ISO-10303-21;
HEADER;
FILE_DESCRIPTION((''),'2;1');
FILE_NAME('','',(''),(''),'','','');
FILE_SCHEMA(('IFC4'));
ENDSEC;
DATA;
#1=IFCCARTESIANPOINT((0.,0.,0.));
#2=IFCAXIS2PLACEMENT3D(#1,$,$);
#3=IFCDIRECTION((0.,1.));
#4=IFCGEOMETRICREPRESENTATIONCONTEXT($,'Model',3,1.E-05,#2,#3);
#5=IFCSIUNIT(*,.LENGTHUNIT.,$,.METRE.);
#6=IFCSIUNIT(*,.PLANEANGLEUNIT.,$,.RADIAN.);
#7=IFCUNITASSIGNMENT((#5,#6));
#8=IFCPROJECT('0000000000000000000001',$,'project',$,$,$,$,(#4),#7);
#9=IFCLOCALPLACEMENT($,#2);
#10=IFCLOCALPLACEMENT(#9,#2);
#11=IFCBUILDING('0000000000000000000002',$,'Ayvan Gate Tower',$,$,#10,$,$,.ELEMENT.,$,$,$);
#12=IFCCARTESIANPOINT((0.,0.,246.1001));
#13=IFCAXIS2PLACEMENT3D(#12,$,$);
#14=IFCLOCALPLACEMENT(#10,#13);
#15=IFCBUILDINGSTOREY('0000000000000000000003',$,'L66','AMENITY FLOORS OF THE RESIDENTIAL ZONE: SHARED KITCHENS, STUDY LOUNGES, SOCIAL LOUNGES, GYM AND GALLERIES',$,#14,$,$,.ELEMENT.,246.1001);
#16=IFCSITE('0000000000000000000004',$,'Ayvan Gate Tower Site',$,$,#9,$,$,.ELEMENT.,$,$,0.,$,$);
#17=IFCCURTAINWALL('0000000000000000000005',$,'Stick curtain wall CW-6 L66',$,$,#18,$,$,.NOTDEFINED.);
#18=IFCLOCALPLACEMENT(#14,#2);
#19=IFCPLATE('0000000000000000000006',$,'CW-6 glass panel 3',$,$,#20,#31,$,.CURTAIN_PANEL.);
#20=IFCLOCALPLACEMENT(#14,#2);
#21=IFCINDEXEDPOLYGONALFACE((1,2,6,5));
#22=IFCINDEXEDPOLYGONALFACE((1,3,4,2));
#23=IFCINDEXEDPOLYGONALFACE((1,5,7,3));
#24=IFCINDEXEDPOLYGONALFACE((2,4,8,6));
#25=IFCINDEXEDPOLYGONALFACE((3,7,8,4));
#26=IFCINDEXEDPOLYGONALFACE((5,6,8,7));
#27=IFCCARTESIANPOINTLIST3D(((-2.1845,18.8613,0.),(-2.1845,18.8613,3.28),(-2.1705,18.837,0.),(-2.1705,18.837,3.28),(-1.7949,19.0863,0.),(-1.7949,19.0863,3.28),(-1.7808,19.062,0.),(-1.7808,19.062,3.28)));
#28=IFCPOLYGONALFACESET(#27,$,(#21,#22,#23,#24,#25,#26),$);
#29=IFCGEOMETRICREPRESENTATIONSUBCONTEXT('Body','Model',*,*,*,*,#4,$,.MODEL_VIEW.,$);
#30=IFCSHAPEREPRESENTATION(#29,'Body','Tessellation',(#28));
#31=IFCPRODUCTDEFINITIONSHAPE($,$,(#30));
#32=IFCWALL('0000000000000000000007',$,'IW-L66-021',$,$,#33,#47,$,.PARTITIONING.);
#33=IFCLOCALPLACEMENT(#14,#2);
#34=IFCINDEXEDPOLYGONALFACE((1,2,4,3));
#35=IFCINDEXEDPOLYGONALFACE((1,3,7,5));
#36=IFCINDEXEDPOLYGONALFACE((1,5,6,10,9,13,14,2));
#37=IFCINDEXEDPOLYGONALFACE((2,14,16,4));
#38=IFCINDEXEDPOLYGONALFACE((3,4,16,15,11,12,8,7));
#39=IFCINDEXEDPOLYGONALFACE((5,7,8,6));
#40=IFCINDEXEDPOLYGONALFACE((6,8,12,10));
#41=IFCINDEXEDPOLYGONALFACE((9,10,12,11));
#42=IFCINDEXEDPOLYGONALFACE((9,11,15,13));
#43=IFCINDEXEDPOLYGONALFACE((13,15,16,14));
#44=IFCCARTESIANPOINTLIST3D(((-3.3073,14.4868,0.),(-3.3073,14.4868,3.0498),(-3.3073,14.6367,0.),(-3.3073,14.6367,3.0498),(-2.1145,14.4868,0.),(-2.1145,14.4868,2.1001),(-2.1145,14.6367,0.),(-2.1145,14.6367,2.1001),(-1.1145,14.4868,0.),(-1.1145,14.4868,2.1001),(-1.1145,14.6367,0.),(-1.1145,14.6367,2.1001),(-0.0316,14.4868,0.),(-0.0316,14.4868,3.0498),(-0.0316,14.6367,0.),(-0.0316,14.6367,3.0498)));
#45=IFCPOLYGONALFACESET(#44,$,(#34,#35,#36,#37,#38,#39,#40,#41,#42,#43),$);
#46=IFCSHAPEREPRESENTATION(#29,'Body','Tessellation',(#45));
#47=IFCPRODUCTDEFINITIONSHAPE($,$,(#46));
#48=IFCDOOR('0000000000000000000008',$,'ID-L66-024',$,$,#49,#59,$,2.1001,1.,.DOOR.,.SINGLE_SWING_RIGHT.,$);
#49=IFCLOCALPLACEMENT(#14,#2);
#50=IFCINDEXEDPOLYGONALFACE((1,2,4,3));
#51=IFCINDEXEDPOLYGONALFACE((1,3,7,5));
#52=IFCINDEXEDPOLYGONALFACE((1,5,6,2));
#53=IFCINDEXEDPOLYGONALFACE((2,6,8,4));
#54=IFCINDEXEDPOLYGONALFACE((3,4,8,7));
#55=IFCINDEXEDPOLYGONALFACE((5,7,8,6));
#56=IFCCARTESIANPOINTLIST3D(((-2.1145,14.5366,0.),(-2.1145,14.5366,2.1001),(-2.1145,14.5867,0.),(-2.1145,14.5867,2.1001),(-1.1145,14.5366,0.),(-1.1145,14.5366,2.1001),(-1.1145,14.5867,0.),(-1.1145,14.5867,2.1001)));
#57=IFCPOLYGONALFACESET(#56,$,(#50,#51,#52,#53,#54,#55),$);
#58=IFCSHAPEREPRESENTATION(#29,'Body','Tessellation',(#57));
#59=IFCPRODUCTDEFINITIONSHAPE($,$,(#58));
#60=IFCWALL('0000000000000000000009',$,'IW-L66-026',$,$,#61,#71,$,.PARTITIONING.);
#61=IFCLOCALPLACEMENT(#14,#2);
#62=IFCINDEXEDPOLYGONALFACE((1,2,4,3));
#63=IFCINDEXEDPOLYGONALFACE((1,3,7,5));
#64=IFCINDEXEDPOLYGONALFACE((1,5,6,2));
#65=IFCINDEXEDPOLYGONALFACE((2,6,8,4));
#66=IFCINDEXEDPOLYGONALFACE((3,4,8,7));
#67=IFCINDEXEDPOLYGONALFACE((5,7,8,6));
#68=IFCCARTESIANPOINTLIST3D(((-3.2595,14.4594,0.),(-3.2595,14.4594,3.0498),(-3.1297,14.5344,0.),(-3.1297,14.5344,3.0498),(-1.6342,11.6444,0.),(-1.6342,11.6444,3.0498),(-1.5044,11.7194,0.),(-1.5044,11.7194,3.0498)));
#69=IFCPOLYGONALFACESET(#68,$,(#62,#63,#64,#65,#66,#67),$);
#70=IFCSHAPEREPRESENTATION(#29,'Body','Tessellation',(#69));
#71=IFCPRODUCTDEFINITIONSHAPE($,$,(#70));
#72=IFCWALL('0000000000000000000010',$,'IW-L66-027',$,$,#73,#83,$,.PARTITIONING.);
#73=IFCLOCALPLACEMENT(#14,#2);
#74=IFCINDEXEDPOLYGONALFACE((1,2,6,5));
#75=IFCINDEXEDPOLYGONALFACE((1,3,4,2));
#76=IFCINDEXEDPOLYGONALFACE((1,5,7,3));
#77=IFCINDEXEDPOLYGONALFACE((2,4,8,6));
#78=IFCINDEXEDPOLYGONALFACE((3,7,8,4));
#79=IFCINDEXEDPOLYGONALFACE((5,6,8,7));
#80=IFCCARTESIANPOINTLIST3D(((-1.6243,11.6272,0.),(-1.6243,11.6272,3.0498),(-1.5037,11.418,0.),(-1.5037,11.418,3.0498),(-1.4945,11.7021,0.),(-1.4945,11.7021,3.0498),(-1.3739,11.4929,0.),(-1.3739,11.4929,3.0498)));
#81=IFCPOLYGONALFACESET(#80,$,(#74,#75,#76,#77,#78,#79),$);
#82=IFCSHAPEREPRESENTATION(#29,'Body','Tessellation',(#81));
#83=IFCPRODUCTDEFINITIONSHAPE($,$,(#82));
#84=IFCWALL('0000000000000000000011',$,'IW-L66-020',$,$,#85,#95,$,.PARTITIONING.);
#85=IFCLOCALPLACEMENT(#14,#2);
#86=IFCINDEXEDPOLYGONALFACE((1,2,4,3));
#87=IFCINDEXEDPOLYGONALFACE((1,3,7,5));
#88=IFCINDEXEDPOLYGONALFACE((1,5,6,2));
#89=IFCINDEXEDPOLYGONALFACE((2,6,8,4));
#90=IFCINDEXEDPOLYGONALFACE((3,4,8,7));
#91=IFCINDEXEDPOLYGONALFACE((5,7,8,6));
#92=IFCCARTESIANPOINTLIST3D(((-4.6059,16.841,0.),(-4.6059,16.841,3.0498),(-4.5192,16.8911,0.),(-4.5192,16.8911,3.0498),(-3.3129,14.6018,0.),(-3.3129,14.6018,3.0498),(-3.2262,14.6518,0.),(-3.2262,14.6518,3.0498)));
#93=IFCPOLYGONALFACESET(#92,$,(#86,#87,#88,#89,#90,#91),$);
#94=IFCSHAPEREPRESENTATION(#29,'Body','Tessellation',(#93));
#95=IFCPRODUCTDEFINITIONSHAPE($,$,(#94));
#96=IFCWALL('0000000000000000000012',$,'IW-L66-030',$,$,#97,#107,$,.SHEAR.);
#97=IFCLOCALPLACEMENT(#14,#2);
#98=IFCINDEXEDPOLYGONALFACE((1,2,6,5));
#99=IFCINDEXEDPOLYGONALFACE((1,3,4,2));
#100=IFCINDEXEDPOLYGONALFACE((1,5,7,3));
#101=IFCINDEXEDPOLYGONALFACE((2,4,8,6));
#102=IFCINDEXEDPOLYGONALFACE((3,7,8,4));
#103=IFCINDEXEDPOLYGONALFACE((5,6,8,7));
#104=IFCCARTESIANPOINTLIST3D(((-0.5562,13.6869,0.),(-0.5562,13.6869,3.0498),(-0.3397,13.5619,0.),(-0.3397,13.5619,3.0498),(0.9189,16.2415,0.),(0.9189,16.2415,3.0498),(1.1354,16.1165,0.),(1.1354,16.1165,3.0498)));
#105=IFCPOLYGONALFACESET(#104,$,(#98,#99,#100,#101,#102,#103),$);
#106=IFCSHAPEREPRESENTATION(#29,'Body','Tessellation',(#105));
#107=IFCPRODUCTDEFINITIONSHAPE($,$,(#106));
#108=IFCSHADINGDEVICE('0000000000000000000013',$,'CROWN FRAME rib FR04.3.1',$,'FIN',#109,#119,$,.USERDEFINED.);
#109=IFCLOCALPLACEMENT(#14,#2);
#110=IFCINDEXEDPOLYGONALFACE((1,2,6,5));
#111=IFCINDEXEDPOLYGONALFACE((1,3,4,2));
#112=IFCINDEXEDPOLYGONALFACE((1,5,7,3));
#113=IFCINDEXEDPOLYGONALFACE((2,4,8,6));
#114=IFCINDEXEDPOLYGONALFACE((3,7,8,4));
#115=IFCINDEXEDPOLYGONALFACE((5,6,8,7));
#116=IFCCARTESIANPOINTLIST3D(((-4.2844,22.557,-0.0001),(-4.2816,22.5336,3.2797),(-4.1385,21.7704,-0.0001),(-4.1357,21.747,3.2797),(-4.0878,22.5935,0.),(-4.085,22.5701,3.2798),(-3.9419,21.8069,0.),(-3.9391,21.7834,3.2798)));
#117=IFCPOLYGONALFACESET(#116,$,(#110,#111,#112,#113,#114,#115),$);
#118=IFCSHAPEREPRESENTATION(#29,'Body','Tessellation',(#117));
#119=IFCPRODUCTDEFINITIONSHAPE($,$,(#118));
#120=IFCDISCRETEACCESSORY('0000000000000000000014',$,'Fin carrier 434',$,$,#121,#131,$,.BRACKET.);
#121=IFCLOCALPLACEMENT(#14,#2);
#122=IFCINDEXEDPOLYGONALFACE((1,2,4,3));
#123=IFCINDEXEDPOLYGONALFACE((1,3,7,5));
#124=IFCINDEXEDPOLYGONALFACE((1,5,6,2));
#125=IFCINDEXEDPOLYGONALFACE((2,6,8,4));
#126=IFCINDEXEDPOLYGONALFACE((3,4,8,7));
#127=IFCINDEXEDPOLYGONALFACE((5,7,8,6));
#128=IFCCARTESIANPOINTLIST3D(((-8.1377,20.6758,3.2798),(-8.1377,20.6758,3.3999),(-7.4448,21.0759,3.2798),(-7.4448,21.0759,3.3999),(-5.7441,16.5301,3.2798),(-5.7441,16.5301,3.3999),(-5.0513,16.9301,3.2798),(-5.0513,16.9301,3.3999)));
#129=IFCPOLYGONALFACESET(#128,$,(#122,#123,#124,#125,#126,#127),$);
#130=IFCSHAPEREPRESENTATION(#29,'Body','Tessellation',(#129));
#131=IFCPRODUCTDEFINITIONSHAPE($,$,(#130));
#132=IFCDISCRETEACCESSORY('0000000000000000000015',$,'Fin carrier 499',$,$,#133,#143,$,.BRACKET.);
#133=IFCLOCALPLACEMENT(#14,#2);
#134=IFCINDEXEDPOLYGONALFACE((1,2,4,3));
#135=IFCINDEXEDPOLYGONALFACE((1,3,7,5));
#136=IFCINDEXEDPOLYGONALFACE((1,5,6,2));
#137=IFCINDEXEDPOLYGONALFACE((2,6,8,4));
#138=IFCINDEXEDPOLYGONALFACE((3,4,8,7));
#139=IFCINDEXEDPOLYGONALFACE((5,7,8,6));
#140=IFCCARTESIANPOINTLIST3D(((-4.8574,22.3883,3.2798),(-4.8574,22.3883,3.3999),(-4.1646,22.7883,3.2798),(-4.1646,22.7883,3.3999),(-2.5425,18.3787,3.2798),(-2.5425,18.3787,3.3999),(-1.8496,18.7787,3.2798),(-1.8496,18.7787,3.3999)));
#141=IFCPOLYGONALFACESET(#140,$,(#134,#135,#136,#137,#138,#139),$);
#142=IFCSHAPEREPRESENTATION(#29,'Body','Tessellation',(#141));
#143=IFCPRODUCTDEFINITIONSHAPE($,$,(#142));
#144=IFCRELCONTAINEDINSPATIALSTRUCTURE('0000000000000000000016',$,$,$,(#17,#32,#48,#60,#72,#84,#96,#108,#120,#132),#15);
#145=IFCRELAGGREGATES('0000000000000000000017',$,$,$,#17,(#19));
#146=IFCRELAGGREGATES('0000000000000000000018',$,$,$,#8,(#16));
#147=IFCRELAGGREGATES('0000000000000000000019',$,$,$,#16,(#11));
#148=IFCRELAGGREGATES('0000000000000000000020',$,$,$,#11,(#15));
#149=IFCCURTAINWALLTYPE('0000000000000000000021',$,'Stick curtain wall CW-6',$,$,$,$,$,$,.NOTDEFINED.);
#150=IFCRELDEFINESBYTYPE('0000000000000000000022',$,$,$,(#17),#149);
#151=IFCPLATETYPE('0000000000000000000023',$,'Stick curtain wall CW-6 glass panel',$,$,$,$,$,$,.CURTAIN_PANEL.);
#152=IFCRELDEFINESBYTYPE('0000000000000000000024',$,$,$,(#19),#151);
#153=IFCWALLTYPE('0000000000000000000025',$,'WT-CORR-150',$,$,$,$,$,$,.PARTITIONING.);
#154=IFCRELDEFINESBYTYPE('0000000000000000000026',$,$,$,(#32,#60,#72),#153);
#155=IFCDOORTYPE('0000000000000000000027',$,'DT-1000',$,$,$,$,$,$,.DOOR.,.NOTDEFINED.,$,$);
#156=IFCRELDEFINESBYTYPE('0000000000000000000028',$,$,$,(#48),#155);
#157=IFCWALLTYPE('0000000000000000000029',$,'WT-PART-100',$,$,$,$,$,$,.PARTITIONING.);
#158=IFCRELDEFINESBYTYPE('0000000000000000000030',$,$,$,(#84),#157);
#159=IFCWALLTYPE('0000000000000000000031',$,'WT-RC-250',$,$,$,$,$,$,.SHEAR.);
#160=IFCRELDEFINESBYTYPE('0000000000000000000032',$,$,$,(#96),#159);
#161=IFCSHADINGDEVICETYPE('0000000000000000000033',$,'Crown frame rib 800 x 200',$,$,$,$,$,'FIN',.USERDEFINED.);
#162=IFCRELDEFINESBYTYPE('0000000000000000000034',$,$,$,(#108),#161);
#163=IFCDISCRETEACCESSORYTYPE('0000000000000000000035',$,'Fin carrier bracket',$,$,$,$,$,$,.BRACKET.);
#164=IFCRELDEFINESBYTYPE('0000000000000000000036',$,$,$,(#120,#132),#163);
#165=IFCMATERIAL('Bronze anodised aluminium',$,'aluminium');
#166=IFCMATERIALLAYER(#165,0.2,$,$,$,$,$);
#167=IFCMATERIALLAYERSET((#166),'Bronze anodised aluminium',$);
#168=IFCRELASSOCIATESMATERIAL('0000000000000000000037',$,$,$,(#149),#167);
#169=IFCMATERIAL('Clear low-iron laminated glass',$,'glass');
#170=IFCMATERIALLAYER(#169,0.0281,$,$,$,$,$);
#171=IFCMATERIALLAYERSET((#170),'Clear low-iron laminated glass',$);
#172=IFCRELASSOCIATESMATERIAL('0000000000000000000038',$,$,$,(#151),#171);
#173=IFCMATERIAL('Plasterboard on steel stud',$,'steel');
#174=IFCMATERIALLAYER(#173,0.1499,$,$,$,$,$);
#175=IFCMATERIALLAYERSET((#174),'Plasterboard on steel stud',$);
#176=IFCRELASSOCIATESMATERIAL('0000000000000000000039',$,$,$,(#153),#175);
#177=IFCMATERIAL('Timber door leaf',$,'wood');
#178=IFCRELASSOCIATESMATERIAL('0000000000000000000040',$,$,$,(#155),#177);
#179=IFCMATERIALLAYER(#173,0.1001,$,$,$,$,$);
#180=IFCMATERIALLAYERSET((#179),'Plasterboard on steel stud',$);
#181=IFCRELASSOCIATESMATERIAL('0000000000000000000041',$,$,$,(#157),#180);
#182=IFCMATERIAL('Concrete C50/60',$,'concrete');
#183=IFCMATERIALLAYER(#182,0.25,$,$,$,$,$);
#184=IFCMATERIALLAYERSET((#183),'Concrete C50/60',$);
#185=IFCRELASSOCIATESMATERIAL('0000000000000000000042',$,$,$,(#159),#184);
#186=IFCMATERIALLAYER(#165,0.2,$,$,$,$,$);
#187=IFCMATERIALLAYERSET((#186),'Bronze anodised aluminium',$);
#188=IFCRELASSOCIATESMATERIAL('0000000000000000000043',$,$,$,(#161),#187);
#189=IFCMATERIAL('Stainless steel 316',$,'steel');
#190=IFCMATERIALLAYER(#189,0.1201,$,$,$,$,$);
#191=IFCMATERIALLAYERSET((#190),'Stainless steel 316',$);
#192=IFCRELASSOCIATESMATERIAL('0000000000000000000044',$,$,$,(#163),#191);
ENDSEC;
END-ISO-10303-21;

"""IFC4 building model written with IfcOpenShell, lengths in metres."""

from ifc_helpers import new_model, si_unit, direction, frame, frame_2d, origin, origin_2d, place, context, subcontext, project, spatial, polyline, rectangle, outline, extrude, material, layer, layer_set, type_object, element, fill, aggregate, save


model = new_model("IFC4")

# Units and contexts
model_context = context("Model", 3, precision=1e-05, world=origin(), true_north=direction((0.0, 1.0)))
body_context = subcontext(model_context, "Body", "Model", "MODEL_VIEW")
ifc_project = project(units=[si_unit("LENGTHUNIT", "METRE"), si_unit("PLANEANGLEUNIT", "RADIAN")], contexts=[model_context])

# Site, building, storey
site_placement = place(None, origin())
site = spatial("IfcSite", under=ifc_project, at=site_placement, Name="Ayvan Gate Tower Site", CompositionType="ELEMENT", RefElevation=0.0)
building_placement = place(site_placement, origin())
building = spatial("IfcBuilding", under=site, at=building_placement, Name="Ayvan Gate Tower", CompositionType="ELEMENT")
storey_placement = place(building_placement, frame((0.0, 0.0, 246.1001)))
storey = spatial("IfcBuildingStorey", under=building, at=storey_placement, Name="L66", Description="AMENITY FLOORS OF THE RESIDENTIAL ZONE: SHARED KITCHENS, STUDY LOUNGES, SOCIAL LOUNGES, GYM AND GALLERIES", CompositionType="ELEMENT", Elevation=246.1001)

# Shared definitions
ifc_material_1 = material(Name="Concrete C50/60", Category="concrete")

# Curtain wall
ifc_material_2 = material(Name="Bronze anodised aluminium", Category="aluminium")
ifc_layer_1 = layer(ifc_material_2, 0.2)
ifc_layer_set_1 = layer_set([ifc_layer_1], Name="Bronze anodised aluminium")
curtain_wall_type_1 = type_object("IfcCurtainWallType", Name="Stick curtain wall CW-6", PredefinedType="NOTDEFINED", material=ifc_layer_set_1)
curtain_wall_1_placement = place(storey_placement, origin())
curtain_wall_1 = element("IfcCurtainWall", 1, at=curtain_wall_1_placement, inside=storey, type_object=curtain_wall_type_1, Name="Stick curtain wall CW-6 L66", PredefinedType="NOTDEFINED")

# Plate
ifc_material_3 = material(Name="Clear low-iron laminated glass", Category="glass")
ifc_layer_2 = layer(ifc_material_3, 0.0281)
ifc_layer_set_2 = layer_set([ifc_layer_2], Name="Clear low-iron laminated glass")
plate_type_1 = type_object("IfcPlateType", Name="Stick curtain wall CW-6 glass panel", PredefinedType="CURTAIN_PANEL", material=ifc_layer_set_2)
plate_1_placement = place(storey_placement, frame((-1.9827, 18.9617, 0.0), z_axis=(0.0, 0.0, 1.0), x_axis=(-0.866025, -0.5, 0.0)))
plate_1 = element("IfcPlate", 2, at=plate_1_placement, type_object=plate_type_1, Name="CW-6 glass panel 3", PredefinedType="CURTAIN_PANEL", context=body_context, shape_type="SweptSolid", body=[
    extrude(rectangle(XDim=0.45, YDim=0.0281, at=origin_2d()), origin(), (0.0, 0.0, 1.0), 3.28),
])
aggregate(curtain_wall_1, [plate_1])

# Wall, opening, door
ifc_material_4 = material(Name="Plasterboard on steel stud", Category="steel")
ifc_layer_3 = layer(ifc_material_4, 0.1499)
ifc_layer_set_3 = layer_set([ifc_layer_3], Name="Plasterboard on steel stud")
wall_type_1 = type_object("IfcWallType", Name="WT-CORR-150", PredefinedType="PARTITIONING", material=ifc_layer_set_3)
wall_1_placement = place(storey_placement, frame((-3.3071, 14.5618, 0.0), z_axis=(0.0, 0.0, 1.0), x_axis=(1.0, 0.0, 0.0)))
wall_1 = element("IfcWall", 3, at=wall_1_placement, inside=storey, type_object=wall_type_1, Name="IW-L66-021", PredefinedType="PARTITIONING", context=body_context, shape_type="SweptSolid", body=[
    extrude(rectangle(XDim=3.2756, YDim=0.1499, at=frame_2d((1.6377, 0.0))), origin(), (0.0, 0.0, 1.0), 3.0498),
])
opening_placement = place(wall_1_placement, frame((1.1926, 0.0, 0.0)))
opening = element("IfcOpeningElement", 4, at=opening_placement, cuts=wall_1, PredefinedType="OPENING", context=body_context, shape_type="SweptSolid", body=[
    extrude(rectangle(XDim=1.0, YDim=2.1001, at=frame_2d((0.5, 1.05))), frame((0.0, 0.085, 0.0), z_axis=(0.0, -1.0, 0.0), x_axis=(1.0, 0.0, 0.0)), (0.0, 0.0, 1.0), 0.1699),
])
ifc_material_5 = material(Name="Timber door leaf", Category="wood")
door_type = type_object("IfcDoorType", Name="DT-1000", OperationType="NOTDEFINED", PredefinedType="DOOR", material=ifc_material_5)
door_placement = place(opening_placement, origin())
door = element("IfcDoor", 5, at=door_placement, inside=storey, type_object=door_type, Name="ID-L66-024", OperationType="SINGLE_SWING_RIGHT", OverallHeight=2.1001, OverallWidth=1.0, PredefinedType="DOOR", context=body_context, shape_type="SweptSolid", body=[
    extrude(rectangle(XDim=1.0, YDim=2.1001, at=frame_2d((0.5, 1.05))), frame((0.0, 0.0249, 0.0), z_axis=(0.0, -1.0, 0.0), x_axis=(1.0, 0.0, 0.0)), (0.0, 0.0, 1.0), 0.05),
])
fill(opening, door)

# Walls
wall_2_placement = place(storey_placement, frame((-1.5693, 11.6819, 0.0), z_axis=(0.0, 0.0, 1.0), x_axis=(-0.500009, 0.86602, 0.0)))
element("IfcWall", 6, at=wall_2_placement, inside=storey, type_object=wall_type_1, Name="IW-L66-026", PredefinedType="PARTITIONING", context=body_context, shape_type="SweptSolid", body=[
    extrude(rectangle(XDim=3.2505, YDim=0.1499, at=frame_2d((1.6252, 0.0))), origin(), (0.0, 0.0, 1.0), 3.0498),
])
wall_3_placement = place(storey_placement, frame((-1.5593, 11.6646, 0.0), z_axis=(0.0, 0.0, 1.0), x_axis=(0.499402, -0.866371, 0.0)))
element("IfcWall", 7, at=wall_3_placement, inside=storey, type_object=wall_type_1, Name="IW-L66-027", PredefinedType="PARTITIONING", context=body_context, shape_type="SweptSolid", body=[
    extrude(rectangle(XDim=0.2415, YDim=0.1499, at=frame_2d((0.1206, 0.0))), origin(), (0.0, 0.0, 1.0), 3.0498),
])
ifc_layer_4 = layer(ifc_material_4, 0.1001)
ifc_layer_set_4 = layer_set([ifc_layer_4], Name="Plasterboard on steel stud")
wall_type_2 = type_object("IfcWallType", Name="WT-PART-100", PredefinedType="PARTITIONING", material=ifc_layer_set_4)
wall_4_placement = place(storey_placement, frame((-3.2695, 14.6267, 0.0), z_axis=(0.0, 0.0, 1.0), x_axis=(-0.500038, 0.866003, 0.0)))
element("IfcWall", 8, at=wall_4_placement, inside=storey, type_object=wall_type_2, Name="IW-L66-020", PredefinedType="PARTITIONING", context=body_context, shape_type="SweptSolid", body=[
    extrude(rectangle(XDim=2.5857, YDim=0.1001, at=frame_2d((1.293, 0.0))), origin(), (0.0, 0.0, 1.0), 3.0498),
])
ifc_layer_5 = layer(ifc_material_1, 0.25)
ifc_layer_set_5 = layer_set([ifc_layer_5], Name="Concrete C50/60")
wall_type_3 = type_object("IfcWallType", Name="WT-RC-250", PredefinedType="SHEAR", material=ifc_layer_set_5)
wall_5_placement = place(storey_placement, frame((-0.448, 13.6243, 0.0), z_axis=(0.0, 0.0, 1.0), x_axis=(0.500038, 0.866004, 0.0)))
element("IfcWall", 9, at=wall_5_placement, inside=storey, type_object=wall_type_3, Name="IW-L66-030", PredefinedType="SHEAR", context=body_context, shape_type="SweptSolid", body=[
    extrude(rectangle(XDim=2.95, YDim=0.25, at=frame_2d((1.4751, 0.0))), origin(), (0.0, 0.0, 1.0), 3.0498),
])

# Shading device
ifc_layer_6 = layer(ifc_material_2, 0.2)
ifc_layer_set_6 = layer_set([ifc_layer_6], Name="Bronze anodised aluminium")
shading_device_type = type_object("IfcShadingDeviceType", Name="Crown frame rib 800 x 200", ElementType="FIN", PredefinedType="USERDEFINED", material=ifc_layer_set_6)
shading_device_placement = place(storey_placement, frame((-3.9419, 21.8069, 0.0), z_axis=(0.983236, 0.182335, 0.000461), x_axis=(-0.182335, 0.983236, 0.0)))
element("IfcShadingDevice", 10, at=shading_device_placement, inside=storey, type_object=shading_device_type, Name="CROWN FRAME rib FR04.3.1", ObjectType="FIN", PredefinedType="USERDEFINED", context=body_context, shape_type="SweptSolid", body=[
    extrude(outline(polyline([(0.0, 0.0), (0.8, 0.0), (0.7765, 3.2798), (-0.0236, 3.2798), (0.0, 0.0)])), origin(), (0.0, 0.0, -1.0), 0.2),
])

# Discrete accessories
ifc_material_6 = material(Name="Stainless steel 316", Category="steel")
ifc_layer_7 = layer(ifc_material_6, 0.1201)
ifc_layer_set_7 = layer_set([ifc_layer_7], Name="Stainless steel 316")
discrete_accessory_type = type_object("IfcDiscreteAccessoryType", Name="Fin carrier bracket", PredefinedType="BRACKET", material=ifc_layer_set_7)
discrete_accessory_1_placement = place(storey_placement, frame((-6.5945, 18.803, 3.2798), z_axis=(0.0, 0.0, 1.0), x_axis=(-0.866025, -0.5, 0.0)))
element("IfcDiscreteAccessory", 11, at=discrete_accessory_1_placement, inside=storey, type_object=discrete_accessory_type, Name="Fin carrier 434", PredefinedType="BRACKET", context=body_context, shape_type="SweptSolid", body=[
    extrude(rectangle(XDim=0.8, YDim=4.7871, at=origin_2d()), origin(), (0.0, 0.0, 1.0), 0.1201),
])
discrete_accessory_2_placement = place(storey_placement, frame((-3.3535, 20.5835, 3.2798), z_axis=(0.0, 0.0, 1.0), x_axis=(-0.866025, -0.5, 0.0)))
element("IfcDiscreteAccessory", 12, at=discrete_accessory_2_placement, inside=storey, type_object=discrete_accessory_type, Name="Fin carrier 499", PredefinedType="BRACKET", context=body_context, shape_type="SweptSolid", body=[
    extrude(rectangle(XDim=0.8, YDim=4.6299, at=origin_2d()), origin(), (0.0, 0.0, 1.0), 0.1201),
])

save(model, "model.ifc")
